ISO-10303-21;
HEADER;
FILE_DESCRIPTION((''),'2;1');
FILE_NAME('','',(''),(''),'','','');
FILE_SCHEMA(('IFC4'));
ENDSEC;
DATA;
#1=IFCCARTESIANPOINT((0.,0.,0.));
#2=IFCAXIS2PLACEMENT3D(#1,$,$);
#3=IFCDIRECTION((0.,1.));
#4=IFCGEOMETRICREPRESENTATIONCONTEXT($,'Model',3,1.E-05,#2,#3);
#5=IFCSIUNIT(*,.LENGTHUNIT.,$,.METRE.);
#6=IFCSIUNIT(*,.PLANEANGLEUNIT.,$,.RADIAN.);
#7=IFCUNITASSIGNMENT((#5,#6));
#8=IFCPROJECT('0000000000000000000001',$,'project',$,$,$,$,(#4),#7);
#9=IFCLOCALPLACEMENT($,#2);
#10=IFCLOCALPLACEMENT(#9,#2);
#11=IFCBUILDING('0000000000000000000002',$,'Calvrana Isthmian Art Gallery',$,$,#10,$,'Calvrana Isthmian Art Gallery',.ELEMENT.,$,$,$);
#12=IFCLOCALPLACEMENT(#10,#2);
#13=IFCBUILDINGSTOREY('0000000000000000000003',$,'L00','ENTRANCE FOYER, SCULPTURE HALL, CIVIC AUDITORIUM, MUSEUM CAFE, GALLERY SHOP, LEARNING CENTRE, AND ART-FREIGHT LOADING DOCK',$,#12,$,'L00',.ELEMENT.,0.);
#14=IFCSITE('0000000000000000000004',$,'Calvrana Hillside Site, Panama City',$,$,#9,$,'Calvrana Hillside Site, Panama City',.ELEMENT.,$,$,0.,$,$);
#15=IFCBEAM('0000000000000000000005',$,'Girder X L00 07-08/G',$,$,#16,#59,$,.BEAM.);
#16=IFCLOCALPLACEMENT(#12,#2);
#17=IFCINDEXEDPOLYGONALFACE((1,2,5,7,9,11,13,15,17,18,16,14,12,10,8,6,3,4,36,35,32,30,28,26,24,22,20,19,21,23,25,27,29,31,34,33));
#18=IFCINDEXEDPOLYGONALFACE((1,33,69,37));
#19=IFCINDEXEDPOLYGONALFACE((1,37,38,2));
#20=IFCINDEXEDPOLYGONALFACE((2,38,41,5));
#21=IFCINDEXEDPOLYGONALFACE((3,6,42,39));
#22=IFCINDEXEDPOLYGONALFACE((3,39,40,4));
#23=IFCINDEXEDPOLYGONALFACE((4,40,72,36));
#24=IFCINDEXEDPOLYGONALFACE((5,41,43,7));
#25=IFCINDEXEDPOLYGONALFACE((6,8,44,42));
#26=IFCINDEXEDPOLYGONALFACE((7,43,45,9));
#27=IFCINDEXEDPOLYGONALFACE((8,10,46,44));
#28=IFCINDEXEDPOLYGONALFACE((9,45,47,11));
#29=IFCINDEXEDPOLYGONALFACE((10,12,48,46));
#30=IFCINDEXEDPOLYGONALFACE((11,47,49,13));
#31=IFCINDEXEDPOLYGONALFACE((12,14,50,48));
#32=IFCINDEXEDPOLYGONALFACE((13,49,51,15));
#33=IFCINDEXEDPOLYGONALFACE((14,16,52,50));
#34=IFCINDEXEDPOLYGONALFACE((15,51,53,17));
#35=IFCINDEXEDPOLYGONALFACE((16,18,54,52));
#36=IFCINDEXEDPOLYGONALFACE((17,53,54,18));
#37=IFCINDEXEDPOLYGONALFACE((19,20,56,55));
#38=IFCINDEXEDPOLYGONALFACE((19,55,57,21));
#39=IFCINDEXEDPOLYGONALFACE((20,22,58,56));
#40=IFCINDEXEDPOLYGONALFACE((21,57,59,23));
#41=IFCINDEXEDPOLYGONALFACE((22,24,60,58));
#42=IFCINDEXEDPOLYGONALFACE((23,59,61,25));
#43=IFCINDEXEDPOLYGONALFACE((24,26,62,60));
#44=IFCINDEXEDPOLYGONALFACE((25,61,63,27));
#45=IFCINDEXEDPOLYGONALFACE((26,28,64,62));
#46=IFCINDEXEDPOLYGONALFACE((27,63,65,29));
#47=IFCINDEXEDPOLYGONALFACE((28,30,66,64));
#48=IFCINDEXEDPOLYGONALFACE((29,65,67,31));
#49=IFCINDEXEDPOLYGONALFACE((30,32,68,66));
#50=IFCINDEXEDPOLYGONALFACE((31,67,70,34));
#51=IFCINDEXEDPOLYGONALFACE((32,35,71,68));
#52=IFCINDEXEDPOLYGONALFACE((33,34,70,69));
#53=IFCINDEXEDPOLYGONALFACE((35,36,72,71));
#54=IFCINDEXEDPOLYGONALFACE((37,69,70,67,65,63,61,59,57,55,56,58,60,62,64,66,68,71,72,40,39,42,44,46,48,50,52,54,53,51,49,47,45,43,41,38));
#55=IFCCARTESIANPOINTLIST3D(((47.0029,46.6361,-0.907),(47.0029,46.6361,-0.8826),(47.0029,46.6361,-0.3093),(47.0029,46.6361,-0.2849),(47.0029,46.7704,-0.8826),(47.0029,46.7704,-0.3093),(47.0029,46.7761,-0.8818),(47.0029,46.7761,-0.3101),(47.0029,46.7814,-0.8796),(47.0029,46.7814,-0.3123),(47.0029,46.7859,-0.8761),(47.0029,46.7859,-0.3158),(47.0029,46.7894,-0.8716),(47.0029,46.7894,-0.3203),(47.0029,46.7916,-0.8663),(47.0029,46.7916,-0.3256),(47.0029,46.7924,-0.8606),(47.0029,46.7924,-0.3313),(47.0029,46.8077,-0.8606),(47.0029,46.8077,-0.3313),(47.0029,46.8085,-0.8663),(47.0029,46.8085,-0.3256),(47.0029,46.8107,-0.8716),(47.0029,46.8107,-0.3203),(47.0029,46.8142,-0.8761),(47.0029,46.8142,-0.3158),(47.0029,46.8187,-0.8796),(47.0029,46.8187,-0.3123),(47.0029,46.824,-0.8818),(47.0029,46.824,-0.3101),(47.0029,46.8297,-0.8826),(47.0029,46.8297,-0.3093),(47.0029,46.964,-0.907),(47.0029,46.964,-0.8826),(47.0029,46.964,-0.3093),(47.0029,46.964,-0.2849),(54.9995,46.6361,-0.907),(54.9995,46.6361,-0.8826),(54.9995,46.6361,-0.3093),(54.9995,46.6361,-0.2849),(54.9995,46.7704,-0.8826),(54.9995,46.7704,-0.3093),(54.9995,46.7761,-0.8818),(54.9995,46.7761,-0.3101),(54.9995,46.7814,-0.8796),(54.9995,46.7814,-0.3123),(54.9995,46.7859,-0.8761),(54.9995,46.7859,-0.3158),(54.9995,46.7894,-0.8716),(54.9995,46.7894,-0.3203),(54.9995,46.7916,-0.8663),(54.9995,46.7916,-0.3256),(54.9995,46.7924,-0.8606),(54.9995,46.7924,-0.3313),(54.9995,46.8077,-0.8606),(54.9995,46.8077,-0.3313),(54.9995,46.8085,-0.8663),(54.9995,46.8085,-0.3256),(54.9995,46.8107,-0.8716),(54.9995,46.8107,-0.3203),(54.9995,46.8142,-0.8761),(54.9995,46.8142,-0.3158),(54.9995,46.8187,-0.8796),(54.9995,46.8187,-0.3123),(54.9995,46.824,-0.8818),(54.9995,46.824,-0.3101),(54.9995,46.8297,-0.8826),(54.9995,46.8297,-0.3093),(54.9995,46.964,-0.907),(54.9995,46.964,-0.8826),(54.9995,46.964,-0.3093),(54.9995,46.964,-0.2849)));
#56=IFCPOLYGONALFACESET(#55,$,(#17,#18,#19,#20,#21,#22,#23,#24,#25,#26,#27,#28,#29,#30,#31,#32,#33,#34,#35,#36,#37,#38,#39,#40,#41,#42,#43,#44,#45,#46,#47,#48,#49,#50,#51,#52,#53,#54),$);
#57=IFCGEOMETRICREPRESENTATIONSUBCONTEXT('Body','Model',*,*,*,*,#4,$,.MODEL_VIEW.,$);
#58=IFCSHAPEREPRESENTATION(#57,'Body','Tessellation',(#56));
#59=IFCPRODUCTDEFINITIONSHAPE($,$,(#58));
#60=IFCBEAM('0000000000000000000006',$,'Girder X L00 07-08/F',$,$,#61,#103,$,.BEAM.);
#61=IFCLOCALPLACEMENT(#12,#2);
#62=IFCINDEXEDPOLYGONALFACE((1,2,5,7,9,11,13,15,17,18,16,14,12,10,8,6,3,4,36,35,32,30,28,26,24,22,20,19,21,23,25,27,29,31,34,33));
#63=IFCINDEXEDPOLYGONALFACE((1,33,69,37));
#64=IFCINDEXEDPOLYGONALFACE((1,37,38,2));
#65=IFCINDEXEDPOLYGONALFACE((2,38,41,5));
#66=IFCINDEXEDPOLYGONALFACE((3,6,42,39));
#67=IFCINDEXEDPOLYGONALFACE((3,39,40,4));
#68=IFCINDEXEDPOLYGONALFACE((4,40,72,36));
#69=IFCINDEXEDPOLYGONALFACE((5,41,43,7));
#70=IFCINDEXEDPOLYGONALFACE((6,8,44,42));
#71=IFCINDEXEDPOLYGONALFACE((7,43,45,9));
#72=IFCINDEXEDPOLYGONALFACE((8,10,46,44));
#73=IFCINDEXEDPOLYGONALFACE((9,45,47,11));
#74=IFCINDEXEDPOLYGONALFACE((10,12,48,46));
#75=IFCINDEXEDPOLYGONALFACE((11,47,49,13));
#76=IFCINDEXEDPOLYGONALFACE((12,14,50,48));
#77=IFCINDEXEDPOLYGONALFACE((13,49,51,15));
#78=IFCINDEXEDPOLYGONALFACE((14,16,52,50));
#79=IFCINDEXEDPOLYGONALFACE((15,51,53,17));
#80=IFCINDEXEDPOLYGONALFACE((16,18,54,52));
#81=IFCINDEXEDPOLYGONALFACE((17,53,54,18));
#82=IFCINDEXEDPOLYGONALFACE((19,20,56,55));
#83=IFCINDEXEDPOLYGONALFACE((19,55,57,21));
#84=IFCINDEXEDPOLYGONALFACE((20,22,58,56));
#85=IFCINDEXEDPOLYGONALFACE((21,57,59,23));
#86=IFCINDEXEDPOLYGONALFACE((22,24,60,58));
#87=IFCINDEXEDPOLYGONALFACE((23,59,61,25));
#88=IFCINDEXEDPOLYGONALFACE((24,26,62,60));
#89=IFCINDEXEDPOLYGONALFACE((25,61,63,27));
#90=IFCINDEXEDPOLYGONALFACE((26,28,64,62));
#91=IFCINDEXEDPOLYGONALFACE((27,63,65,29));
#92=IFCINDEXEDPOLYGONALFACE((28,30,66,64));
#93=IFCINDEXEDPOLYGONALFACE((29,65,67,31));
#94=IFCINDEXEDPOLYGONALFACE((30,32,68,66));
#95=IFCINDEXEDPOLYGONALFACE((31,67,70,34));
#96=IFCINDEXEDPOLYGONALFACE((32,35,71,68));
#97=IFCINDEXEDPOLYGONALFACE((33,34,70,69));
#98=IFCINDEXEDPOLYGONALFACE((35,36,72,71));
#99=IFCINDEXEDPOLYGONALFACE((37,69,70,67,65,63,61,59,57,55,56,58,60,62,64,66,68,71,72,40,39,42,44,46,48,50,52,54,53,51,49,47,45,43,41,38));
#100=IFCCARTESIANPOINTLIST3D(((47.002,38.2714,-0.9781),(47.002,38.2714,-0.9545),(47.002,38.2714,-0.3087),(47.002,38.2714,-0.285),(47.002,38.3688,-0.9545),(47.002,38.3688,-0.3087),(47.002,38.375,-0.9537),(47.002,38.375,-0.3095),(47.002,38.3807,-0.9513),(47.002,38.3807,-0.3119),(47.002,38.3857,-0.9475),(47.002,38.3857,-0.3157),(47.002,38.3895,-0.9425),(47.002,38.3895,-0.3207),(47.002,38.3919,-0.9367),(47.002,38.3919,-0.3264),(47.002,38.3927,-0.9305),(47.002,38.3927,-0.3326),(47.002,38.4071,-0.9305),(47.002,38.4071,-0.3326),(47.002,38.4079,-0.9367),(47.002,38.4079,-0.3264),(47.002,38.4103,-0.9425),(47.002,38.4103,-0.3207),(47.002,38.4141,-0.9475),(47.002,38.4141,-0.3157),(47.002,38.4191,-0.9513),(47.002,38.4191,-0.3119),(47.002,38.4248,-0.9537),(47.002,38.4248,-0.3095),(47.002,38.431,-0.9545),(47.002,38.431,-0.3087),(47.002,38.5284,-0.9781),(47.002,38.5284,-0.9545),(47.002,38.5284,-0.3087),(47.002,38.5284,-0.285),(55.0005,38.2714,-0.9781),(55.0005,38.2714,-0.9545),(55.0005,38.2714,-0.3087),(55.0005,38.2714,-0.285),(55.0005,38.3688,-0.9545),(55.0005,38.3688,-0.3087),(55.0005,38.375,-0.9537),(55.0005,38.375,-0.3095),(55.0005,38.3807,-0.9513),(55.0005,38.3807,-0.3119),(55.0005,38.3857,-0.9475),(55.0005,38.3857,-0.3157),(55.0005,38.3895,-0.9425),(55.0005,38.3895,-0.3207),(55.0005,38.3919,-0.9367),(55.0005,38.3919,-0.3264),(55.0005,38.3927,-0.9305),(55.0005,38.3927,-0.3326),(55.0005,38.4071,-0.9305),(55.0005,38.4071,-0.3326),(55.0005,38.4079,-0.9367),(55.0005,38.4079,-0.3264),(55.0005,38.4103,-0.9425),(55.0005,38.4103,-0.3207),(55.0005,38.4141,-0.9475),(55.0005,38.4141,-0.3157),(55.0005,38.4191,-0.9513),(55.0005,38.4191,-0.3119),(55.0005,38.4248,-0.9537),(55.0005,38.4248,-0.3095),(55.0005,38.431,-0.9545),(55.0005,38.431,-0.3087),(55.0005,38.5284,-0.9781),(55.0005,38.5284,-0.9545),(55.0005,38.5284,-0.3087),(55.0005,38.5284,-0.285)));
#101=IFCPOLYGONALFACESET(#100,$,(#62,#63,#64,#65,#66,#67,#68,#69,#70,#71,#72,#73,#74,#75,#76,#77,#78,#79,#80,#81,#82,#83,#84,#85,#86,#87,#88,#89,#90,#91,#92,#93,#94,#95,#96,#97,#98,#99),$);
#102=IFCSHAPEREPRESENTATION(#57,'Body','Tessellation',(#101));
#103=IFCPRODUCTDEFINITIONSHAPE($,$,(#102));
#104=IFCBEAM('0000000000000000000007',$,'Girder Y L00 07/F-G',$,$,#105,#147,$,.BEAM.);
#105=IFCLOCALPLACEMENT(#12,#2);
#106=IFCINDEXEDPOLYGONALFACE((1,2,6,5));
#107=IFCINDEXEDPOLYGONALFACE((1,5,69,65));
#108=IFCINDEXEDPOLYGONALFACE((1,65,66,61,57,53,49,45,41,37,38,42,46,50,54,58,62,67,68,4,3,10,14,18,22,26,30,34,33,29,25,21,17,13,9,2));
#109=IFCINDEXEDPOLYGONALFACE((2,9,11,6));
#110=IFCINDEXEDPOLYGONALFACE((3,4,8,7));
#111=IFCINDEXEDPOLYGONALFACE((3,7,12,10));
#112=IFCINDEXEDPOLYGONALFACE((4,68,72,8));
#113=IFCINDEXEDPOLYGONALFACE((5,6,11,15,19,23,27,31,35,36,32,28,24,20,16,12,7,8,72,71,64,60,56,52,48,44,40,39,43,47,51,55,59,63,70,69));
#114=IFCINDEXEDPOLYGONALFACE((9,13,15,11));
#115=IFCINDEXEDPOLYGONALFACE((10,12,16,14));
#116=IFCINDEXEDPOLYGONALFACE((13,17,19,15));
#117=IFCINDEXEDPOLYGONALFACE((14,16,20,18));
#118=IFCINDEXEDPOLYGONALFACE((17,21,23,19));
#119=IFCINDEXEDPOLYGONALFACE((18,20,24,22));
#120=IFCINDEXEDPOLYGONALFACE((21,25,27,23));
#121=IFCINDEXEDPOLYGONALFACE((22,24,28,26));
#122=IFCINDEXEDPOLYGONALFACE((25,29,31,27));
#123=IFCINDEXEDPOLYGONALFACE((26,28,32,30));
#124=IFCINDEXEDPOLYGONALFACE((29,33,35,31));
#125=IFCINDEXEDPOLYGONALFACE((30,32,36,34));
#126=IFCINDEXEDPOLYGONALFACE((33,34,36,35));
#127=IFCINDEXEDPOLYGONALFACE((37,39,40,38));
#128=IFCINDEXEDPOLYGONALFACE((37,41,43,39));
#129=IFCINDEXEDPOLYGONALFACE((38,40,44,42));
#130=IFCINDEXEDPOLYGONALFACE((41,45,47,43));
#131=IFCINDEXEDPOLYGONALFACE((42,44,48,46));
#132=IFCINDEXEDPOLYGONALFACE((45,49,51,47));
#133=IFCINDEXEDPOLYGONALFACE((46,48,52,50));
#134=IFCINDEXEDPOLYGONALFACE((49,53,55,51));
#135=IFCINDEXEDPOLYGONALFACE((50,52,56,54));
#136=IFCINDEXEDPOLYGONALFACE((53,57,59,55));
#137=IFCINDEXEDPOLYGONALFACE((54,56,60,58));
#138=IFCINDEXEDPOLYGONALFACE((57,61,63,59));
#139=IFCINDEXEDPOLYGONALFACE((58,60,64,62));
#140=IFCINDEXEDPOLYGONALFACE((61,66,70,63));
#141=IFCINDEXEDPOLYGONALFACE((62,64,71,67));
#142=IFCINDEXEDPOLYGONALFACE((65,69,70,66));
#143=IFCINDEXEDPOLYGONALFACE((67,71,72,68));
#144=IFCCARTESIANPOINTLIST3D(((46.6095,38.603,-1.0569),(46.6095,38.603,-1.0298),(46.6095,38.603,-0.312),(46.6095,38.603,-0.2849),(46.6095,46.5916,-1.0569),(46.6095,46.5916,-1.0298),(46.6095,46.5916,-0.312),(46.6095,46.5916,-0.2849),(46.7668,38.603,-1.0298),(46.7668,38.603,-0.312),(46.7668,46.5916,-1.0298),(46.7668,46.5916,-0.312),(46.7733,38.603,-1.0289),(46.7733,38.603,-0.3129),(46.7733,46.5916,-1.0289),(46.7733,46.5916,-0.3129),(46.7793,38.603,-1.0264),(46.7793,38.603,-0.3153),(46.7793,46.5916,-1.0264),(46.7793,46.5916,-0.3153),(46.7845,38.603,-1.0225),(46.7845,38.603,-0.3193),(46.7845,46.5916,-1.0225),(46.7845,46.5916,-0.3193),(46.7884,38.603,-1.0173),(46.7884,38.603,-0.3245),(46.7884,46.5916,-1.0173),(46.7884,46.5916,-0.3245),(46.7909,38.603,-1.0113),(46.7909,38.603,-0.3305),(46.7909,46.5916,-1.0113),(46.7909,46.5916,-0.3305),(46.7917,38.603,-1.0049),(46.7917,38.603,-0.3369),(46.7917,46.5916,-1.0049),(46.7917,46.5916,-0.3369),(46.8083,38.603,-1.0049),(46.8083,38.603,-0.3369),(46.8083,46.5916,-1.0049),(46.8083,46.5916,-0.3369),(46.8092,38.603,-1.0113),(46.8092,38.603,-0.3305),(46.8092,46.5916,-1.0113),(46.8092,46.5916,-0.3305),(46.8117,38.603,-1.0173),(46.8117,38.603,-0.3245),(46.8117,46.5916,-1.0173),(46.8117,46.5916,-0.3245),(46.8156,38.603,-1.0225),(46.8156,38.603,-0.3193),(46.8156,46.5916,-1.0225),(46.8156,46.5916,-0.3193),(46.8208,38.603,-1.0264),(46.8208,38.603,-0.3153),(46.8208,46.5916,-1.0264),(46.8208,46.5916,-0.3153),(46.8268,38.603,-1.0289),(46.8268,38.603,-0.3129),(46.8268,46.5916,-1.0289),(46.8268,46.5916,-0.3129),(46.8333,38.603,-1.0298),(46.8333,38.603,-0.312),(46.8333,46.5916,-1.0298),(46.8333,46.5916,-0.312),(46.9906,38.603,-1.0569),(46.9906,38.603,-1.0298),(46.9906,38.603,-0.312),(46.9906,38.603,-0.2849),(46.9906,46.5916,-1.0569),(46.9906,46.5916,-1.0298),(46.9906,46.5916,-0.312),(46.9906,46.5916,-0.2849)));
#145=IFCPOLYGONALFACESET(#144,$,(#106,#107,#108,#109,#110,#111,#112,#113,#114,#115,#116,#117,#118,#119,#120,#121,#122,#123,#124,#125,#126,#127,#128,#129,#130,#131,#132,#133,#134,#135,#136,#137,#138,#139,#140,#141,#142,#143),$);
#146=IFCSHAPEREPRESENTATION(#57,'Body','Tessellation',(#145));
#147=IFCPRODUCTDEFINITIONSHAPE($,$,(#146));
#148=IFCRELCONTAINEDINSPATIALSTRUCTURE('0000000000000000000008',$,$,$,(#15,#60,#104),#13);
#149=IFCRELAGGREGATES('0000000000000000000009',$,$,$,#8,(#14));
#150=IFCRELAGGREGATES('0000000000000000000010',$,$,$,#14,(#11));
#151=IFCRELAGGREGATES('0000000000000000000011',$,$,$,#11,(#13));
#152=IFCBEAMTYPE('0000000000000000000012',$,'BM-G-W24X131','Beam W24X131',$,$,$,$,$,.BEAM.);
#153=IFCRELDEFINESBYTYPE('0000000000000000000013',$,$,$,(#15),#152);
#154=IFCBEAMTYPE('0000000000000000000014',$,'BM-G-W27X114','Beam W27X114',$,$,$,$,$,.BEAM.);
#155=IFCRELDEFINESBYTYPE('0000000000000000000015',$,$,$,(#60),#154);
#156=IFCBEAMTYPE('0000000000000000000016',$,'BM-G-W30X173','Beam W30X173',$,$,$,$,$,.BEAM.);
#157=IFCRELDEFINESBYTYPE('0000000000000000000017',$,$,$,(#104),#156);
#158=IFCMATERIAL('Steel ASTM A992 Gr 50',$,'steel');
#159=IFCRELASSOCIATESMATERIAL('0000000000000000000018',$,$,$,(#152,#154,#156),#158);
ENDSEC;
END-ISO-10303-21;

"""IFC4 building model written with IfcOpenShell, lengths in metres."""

from ifc_helpers import new_model, si_unit, direction, frame, origin, origin_2d, place, context, subcontext, project, spatial, i_section, extrude, material, material_profile, profile_set, type_object, element, save


model = new_model("IFC4")

# Units and contexts
model_context = context("Model", 3, precision=1e-05, world=origin(), true_north=direction((0.0, 1.0)))
body_context = subcontext(model_context, "Body", "Model", "MODEL_VIEW")
ifc_project = project(units=[si_unit("LENGTHUNIT", "METRE"), si_unit("PLANEANGLEUNIT", "RADIAN")], contexts=[model_context])

# Site, building, storey
site_placement = place(None, origin())
site = spatial("IfcSite", under=ifc_project, at=site_placement, Name="Calvrana Hillside Site, Panama City", LongName="Calvrana Hillside Site, Panama City", CompositionType="ELEMENT", RefElevation=0.0)
building_placement = place(site_placement, origin())
building = spatial("IfcBuilding", under=site, at=building_placement, Name="Calvrana Isthmian Art Gallery", LongName="Calvrana Isthmian Art Gallery", CompositionType="ELEMENT")
storey_placement = place(building_placement, origin())
storey = spatial("IfcBuildingStorey", under=building, at=storey_placement, Name="L00", Description="ENTRANCE FOYER, SCULPTURE HALL, CIVIC AUDITORIUM, MUSEUM CAFE, GALLERY SHOP, LEARNING CENTRE, AND ART-FREIGHT LOADING DOCK", LongName="L00", CompositionType="ELEMENT", Elevation=0.0)

# Shared definitions
ifc_material_1 = material(Name="Steel ASTM A992 Gr 50", Category="steel")

# Beams
ifc_material_profile_1 = material_profile(ifc_material_1, i_section(OverallWidth=0.3279, OverallDepth=0.6221, WebThickness=0.0154, FlangeThickness=0.0244, FilletRadius=0.022, at=origin_2d()), Name="W24X131")
ifc_profile_set_1 = profile_set([ifc_material_profile_1], Name="Steel ASTM A992 Gr 50")
beam_type_1 = type_object("IfcBeamType", Name="BM-G-W24X131", Description="Beam W24X131", PredefinedType="BEAM", material=ifc_profile_set_1)
beam_1_placement = place(storey_placement, frame((47.0029, 46.8, -0.5959), z_axis=(1.0, 0.0, 0.0), x_axis=(0.0, 1.0, 0.0)))
element("IfcBeam", 1, at=beam_1_placement, inside=storey, type_object=beam_type_1, Name="Girder X L00 07-08/G", PredefinedType="BEAM", context=body_context, shape_type="SweptSolid", body=[
    extrude(i_section(OverallWidth=0.3279, OverallDepth=0.6221, WebThickness=0.0154, FlangeThickness=0.0244, FilletRadius=0.022, at=origin_2d()), origin(), (0.0, 0.0, 1.0), 7.9966),
])
ifc_material_profile_2 = material_profile(ifc_material_1, i_section(OverallWidth=0.2571, OverallDepth=0.6931, WebThickness=0.0144, FlangeThickness=0.0237, FilletRadius=0.0239, at=origin_2d()), Name="W27X114")
ifc_profile_set_2 = profile_set([ifc_material_profile_2], Name="Steel ASTM A992 Gr 50")
beam_type_2 = type_object("IfcBeamType", Name="BM-G-W27X114", Description="Beam W27X114", PredefinedType="BEAM", material=ifc_profile_set_2)
beam_2_placement = place(storey_placement, frame((47.002, 38.3999, -0.6316), z_axis=(1.0, 0.0, 0.0), x_axis=(0.0, 1.0, 0.0)))
element("IfcBeam", 2, at=beam_2_placement, inside=storey, type_object=beam_type_2, Name="Girder X L00 07-08/F", PredefinedType="BEAM", context=body_context, shape_type="SweptSolid", body=[
    extrude(i_section(OverallWidth=0.2571, OverallDepth=0.6931, WebThickness=0.0144, FlangeThickness=0.0237, FilletRadius=0.0239, at=origin_2d()), origin(), (0.0, 0.0, 1.0), 7.9985),
])
ifc_material_profile_3 = material_profile(ifc_material_1, i_section(OverallWidth=0.3811, OverallDepth=0.772, WebThickness=0.0166, FlangeThickness=0.0271, FilletRadius=0.0249, at=origin_2d()), Name="W30X173")
ifc_profile_set_3 = profile_set([ifc_material_profile_3], Name="Steel ASTM A992 Gr 50")
beam_type_3 = type_object("IfcBeamType", Name="BM-G-W30X173", Description="Beam W30X173", PredefinedType="BEAM", material=ifc_profile_set_3)
beam_3_placement = place(storey_placement, frame((46.8, 38.603, -0.6709), z_axis=(0.0, 1.0, 0.0), x_axis=(-1.0, 0.0, 0.0)))
element("IfcBeam", 3, at=beam_3_placement, inside=storey, type_object=beam_type_3, Name="Girder Y L00 07/F-G", PredefinedType="BEAM", context=body_context, shape_type="SweptSolid", body=[
    extrude(i_section(OverallWidth=0.3811, OverallDepth=0.772, WebThickness=0.0166, FlangeThickness=0.0271, FilletRadius=0.0249, at=origin_2d()), origin(), (0.0, 0.0, 1.0), 7.9885),
])

save(model, "model.ifc")
